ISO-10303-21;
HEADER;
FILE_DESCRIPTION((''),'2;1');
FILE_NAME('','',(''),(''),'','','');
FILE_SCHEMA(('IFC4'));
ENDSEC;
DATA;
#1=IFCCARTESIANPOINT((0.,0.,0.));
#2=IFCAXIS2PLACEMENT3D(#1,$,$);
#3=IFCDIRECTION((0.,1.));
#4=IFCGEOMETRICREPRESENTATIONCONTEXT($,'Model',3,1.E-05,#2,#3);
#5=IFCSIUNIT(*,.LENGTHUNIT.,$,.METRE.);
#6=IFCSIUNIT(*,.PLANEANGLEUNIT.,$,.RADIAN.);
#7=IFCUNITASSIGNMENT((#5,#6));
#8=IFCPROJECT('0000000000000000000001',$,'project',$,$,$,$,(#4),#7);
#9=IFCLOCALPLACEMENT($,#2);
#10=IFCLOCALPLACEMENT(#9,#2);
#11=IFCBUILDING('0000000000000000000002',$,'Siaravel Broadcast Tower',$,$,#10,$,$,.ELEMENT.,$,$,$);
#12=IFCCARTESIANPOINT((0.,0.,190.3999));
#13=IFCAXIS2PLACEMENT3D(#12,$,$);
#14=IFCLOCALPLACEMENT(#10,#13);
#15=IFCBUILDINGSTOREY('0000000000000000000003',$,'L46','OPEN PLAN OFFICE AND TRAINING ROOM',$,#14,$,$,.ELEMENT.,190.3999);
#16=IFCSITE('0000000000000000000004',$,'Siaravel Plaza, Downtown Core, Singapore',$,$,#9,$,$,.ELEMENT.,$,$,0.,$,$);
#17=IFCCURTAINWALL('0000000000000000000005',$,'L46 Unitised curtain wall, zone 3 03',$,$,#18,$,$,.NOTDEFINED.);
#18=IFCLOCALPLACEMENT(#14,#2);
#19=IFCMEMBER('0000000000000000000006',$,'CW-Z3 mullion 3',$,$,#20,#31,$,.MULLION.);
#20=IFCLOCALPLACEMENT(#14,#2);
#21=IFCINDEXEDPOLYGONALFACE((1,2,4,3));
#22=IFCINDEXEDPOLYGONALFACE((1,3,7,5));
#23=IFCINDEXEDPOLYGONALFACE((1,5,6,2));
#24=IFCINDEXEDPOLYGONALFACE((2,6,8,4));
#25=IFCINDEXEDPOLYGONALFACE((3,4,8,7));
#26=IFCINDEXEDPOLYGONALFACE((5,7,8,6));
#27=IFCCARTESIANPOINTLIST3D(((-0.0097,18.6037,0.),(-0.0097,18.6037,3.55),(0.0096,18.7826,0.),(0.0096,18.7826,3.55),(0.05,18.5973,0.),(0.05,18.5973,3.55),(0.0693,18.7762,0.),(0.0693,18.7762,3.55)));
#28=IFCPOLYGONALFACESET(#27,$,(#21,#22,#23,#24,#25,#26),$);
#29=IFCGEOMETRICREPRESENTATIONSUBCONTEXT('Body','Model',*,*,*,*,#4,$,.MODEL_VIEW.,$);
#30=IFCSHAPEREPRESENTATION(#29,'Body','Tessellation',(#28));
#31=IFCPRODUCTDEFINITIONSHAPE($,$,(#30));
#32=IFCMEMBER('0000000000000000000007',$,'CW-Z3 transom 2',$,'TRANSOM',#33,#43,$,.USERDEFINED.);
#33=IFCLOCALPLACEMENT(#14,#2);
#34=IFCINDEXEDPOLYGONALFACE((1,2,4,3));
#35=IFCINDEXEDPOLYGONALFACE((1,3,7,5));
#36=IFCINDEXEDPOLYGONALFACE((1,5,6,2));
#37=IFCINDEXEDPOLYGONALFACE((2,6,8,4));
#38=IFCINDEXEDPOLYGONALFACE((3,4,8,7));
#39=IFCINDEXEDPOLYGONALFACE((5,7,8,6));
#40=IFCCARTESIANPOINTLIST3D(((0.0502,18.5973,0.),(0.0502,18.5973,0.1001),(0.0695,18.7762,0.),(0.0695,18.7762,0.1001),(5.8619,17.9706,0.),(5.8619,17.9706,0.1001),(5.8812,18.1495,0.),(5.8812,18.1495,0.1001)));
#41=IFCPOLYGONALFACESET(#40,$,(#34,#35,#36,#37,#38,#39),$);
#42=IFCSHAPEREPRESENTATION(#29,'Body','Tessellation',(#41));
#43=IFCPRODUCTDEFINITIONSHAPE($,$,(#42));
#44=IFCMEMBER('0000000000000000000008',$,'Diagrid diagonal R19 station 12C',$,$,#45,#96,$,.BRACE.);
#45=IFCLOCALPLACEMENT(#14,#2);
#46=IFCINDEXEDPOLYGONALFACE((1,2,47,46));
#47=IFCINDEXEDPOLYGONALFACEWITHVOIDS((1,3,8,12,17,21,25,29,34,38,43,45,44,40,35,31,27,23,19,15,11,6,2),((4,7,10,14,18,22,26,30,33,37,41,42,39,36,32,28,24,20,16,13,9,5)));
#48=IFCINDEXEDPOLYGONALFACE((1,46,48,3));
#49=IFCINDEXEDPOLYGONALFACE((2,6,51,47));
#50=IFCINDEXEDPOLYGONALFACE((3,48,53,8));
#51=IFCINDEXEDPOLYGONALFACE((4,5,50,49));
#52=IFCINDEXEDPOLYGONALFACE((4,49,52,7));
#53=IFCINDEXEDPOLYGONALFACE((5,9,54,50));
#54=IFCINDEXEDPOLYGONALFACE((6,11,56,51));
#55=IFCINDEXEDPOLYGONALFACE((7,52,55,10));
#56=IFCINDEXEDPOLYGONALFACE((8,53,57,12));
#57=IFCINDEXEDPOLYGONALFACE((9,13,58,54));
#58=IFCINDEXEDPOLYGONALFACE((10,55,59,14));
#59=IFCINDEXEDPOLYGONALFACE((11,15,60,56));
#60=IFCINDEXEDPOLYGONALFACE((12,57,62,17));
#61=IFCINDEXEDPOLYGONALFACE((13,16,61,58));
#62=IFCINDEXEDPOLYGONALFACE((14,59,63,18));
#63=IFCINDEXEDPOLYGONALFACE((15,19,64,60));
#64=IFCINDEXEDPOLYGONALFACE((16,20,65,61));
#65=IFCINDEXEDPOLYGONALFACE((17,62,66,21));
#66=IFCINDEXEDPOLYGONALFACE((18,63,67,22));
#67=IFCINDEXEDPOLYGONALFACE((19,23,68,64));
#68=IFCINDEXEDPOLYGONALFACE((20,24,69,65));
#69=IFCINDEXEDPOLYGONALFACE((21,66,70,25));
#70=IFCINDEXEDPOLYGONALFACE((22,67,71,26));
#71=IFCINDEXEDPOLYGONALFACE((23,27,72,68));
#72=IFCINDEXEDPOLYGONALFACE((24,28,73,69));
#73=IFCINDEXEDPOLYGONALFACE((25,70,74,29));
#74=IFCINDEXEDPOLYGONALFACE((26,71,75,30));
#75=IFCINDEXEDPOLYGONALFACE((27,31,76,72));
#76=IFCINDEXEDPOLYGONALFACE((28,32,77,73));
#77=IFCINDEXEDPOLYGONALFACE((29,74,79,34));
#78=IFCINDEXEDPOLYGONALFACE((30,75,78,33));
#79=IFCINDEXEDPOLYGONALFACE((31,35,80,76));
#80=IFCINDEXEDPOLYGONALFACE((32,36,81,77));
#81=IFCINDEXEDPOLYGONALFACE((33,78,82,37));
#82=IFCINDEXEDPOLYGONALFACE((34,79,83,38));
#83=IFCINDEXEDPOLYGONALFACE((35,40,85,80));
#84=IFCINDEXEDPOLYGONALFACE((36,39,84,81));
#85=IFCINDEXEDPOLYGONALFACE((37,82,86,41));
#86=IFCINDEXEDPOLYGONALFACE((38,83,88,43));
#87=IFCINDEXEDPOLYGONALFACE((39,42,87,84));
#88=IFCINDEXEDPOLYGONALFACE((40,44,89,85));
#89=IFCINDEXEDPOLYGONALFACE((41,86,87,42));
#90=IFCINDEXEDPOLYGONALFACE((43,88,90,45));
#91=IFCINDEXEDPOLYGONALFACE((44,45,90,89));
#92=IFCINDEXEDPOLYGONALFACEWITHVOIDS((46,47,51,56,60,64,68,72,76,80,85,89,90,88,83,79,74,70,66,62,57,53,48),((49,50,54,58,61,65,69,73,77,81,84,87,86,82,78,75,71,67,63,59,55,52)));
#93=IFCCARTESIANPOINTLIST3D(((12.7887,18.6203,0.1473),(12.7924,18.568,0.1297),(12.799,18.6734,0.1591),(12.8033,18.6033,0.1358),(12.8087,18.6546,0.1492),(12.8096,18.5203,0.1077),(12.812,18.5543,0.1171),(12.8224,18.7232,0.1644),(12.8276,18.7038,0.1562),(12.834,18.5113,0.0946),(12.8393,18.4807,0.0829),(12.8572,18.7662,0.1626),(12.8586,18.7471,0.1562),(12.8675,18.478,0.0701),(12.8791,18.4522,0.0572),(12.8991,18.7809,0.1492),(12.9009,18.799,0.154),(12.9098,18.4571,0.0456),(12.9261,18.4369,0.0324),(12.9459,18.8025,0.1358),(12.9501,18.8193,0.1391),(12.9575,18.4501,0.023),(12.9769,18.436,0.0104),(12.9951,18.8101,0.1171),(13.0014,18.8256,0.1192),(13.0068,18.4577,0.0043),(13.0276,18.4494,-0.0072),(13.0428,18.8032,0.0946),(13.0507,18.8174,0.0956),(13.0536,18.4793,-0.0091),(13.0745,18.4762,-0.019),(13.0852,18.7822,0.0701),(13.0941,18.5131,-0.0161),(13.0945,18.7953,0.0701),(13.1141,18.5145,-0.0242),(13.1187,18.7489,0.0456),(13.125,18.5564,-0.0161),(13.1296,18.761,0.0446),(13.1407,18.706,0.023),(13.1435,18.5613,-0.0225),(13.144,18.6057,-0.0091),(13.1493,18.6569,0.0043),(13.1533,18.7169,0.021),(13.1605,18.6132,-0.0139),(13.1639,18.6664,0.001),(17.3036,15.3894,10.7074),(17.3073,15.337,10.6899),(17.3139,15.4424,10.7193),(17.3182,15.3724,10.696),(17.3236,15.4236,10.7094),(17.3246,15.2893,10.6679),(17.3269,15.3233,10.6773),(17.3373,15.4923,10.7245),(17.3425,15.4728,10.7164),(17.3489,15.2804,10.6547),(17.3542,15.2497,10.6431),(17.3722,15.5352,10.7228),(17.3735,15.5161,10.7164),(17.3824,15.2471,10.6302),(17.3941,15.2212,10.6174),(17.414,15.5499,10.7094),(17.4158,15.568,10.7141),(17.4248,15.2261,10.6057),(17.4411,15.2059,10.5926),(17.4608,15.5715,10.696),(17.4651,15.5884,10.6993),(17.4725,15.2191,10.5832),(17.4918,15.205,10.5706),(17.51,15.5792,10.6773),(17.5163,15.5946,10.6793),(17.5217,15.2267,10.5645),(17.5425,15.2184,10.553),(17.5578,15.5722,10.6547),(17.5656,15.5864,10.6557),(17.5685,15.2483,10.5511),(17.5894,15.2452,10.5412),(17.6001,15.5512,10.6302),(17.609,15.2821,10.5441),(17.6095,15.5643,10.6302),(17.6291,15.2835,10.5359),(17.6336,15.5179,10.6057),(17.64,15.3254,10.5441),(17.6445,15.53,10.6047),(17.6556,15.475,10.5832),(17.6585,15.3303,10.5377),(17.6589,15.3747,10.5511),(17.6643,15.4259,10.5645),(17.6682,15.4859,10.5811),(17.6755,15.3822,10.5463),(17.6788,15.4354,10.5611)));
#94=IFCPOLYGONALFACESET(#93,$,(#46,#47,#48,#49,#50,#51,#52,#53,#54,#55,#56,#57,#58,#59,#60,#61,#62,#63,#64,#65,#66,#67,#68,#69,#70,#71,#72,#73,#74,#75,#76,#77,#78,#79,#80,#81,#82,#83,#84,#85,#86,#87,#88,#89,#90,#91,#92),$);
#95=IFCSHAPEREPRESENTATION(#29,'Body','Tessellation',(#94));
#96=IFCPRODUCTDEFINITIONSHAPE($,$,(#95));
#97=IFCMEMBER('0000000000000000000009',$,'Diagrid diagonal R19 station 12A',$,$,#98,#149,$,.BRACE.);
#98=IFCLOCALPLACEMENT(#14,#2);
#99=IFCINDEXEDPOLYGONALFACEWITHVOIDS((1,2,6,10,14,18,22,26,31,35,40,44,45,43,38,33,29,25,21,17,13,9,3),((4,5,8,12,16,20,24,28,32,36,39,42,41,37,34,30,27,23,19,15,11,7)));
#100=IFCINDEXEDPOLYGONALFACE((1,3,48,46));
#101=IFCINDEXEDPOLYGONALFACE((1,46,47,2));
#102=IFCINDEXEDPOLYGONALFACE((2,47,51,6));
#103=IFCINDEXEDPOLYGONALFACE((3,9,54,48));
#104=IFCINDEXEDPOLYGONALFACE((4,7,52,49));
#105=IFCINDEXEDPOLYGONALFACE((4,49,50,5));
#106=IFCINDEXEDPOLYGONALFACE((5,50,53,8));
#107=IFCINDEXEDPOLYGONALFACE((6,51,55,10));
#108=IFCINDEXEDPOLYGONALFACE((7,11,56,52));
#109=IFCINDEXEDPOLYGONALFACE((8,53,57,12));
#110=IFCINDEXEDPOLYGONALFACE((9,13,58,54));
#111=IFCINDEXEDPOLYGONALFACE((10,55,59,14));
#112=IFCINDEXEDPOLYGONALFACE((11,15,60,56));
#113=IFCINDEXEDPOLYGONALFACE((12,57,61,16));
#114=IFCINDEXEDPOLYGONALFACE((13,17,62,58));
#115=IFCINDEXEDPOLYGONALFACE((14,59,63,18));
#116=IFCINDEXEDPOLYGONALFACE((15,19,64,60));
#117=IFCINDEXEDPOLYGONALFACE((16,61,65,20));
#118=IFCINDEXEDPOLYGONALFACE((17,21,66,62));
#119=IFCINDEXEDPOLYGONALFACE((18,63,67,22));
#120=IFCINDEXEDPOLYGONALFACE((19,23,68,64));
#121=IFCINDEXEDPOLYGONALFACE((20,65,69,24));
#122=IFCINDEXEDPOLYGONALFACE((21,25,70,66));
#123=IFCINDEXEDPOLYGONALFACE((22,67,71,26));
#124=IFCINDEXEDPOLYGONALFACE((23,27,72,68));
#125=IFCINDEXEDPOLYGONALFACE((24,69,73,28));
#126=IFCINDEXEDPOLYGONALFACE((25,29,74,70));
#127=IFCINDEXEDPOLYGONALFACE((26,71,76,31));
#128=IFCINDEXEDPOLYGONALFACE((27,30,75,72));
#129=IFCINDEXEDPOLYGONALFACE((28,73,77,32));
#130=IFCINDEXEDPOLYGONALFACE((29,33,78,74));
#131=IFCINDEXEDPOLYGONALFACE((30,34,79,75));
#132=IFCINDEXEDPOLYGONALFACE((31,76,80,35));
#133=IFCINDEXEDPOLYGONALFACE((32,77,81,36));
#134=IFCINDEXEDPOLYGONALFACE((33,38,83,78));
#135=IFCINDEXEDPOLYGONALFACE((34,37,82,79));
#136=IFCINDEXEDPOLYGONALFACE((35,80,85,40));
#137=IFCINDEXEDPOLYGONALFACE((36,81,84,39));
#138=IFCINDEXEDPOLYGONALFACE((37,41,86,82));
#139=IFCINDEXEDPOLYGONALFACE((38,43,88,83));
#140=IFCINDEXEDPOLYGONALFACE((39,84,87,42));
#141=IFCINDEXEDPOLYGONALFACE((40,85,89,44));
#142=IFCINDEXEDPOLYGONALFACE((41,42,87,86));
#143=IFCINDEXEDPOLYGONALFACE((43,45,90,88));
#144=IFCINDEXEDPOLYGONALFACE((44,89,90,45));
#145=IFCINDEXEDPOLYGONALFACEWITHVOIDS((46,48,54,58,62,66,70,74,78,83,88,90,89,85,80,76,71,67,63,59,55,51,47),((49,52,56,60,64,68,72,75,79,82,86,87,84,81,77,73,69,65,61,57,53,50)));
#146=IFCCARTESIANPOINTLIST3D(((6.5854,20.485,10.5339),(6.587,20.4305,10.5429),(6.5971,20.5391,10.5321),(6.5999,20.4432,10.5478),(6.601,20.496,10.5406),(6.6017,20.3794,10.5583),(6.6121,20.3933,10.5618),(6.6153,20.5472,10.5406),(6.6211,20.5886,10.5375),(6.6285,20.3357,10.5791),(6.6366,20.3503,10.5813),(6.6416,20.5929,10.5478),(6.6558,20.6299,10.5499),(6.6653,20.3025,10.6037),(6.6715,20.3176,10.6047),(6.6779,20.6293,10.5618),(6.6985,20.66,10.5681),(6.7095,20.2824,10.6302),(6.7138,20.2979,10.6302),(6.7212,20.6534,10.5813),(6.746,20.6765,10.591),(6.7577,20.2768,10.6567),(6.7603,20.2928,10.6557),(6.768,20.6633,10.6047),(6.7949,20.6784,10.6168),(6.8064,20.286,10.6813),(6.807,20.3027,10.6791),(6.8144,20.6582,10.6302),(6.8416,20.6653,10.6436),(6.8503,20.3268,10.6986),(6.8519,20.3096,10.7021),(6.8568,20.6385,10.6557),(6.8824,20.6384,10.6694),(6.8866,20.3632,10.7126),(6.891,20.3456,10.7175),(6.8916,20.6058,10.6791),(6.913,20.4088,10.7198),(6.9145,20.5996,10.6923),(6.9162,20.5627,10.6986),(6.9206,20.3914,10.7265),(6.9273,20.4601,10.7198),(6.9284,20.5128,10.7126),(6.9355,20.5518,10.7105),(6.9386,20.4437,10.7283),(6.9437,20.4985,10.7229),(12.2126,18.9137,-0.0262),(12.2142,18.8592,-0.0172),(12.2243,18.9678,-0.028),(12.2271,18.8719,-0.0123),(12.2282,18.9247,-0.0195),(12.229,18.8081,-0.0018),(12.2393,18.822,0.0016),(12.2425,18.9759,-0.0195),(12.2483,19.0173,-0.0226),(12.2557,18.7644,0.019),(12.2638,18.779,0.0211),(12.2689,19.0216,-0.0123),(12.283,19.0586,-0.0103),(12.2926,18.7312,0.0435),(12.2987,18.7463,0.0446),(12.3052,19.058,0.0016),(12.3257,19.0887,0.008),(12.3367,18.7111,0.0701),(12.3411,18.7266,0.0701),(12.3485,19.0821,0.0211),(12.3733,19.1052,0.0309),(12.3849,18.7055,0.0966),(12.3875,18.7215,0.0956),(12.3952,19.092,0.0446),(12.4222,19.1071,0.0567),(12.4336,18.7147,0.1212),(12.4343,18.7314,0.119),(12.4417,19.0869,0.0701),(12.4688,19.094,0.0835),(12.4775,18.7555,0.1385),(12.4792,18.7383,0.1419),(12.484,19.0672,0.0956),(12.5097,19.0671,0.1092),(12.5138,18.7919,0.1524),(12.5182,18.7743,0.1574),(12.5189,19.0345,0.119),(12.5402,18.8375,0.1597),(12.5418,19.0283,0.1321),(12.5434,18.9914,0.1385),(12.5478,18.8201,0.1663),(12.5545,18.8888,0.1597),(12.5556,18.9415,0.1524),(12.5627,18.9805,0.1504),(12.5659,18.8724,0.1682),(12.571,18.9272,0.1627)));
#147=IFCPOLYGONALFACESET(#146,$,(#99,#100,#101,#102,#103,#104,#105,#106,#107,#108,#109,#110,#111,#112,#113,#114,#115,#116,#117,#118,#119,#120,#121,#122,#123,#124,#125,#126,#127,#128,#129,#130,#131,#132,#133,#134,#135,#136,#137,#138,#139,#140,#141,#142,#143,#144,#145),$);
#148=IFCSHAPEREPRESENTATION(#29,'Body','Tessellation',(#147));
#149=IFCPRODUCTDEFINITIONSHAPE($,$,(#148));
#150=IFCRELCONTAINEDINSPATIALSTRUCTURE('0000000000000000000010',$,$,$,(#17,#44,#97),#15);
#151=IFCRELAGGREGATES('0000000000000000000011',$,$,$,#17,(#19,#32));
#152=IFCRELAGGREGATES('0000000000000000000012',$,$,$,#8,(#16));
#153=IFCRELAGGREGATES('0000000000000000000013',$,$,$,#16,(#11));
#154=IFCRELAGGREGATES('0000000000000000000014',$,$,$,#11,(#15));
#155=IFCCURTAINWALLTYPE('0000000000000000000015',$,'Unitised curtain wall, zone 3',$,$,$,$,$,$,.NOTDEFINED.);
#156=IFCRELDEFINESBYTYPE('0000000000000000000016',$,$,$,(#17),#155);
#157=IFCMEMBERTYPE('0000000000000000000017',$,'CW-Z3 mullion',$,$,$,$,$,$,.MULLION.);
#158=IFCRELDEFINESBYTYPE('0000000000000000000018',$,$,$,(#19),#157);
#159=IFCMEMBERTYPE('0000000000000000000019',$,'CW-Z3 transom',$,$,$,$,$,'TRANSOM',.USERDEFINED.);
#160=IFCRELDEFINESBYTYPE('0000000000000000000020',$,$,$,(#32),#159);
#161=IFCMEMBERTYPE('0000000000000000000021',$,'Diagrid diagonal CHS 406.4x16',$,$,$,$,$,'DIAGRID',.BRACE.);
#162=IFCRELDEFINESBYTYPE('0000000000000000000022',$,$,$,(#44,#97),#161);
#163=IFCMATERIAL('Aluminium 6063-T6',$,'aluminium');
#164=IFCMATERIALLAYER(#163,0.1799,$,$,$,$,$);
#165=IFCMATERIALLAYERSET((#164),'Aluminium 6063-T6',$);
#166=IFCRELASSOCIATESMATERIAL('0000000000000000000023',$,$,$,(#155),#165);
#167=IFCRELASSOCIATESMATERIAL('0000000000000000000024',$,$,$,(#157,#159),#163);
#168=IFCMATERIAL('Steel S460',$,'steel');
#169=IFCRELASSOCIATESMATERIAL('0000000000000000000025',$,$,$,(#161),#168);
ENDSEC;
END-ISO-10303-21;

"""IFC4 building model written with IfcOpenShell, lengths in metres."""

from ifc_helpers import new_model, si_unit, direction, frame, origin, origin_2d, place, context, subcontext, project, spatial, rectangle, hollow_circle, extrude, material, layer, layer_set, material_profile, profile_set, type_object, element, aggregate, save


model = new_model("IFC4")

# Units and contexts
model_context = context("Model", 3, precision=1e-05, world=origin(), true_north=direction((0.0, 1.0)))
body_context = subcontext(model_context, "Body", "Model", "MODEL_VIEW")
ifc_project = project(units=[si_unit("LENGTHUNIT", "METRE"), si_unit("PLANEANGLEUNIT", "RADIAN")], contexts=[model_context])

# Site, building, storey
site_placement = place(None, origin())
site = spatial("IfcSite", under=ifc_project, at=site_placement, Name="Siaravel Plaza, Downtown Core, Singapore", CompositionType="ELEMENT", RefElevation=0.0)
building_placement = place(site_placement, origin())
building = spatial("IfcBuilding", under=site, at=building_placement, Name="Siaravel Broadcast Tower", CompositionType="ELEMENT")
storey_placement = place(building_placement, frame((0.0, 0.0, 190.3999)))
storey = spatial("IfcBuildingStorey", under=building, at=storey_placement, Name="L46", Description="OPEN PLAN OFFICE AND TRAINING ROOM", CompositionType="ELEMENT", Elevation=190.3999)

# Curtain wall, members
ifc_material_1 = material(Name="Aluminium 6063-T6", Category="aluminium")
ifc_layer_1 = layer(ifc_material_1, 0.1799)
ifc_layer_set_1 = layer_set([ifc_layer_1], Name="Aluminium 6063-T6")
curtain_wall_type = type_object("IfcCurtainWallType", Name="Unitised curtain wall, zone 3", PredefinedType="NOTDEFINED", material=ifc_layer_set_1)
curtain_wall_placement = place(storey_placement, origin())
curtain_wall = element("IfcCurtainWall", 1, at=curtain_wall_placement, inside=storey, type_object=curtain_wall_type, Name="L46 Unitised curtain wall, zone 3 03", PredefinedType="NOTDEFINED")
ifc_material_profile_1 = material_profile(ifc_material_1, rectangle(XDim=0.1799, YDim=0.0601, at=origin_2d()))
ifc_profile_set_1 = profile_set([ifc_material_profile_1], Name="Aluminium 6063-T6")
member_type_1 = type_object("IfcMemberType", Name="CW-Z3 mullion", PredefinedType="MULLION", material=ifc_profile_set_1)
member_1_placement = place(storey_placement, frame((0.0298, 18.6899, 0.0), z_axis=(0.0, 0.0, 1.0), x_axis=(-0.107217, -0.994236, 0.0)))
member_1 = element("IfcMember", 2, at=member_1_placement, type_object=member_type_1, Name="CW-Z3 mullion 3", PredefinedType="MULLION", context=body_context, shape_type="SweptSolid", body=[
    extrude(rectangle(XDim=0.1799, YDim=0.0601, at=origin_2d()), origin(), (0.0, 0.0, 1.0), 3.55),
])
ifc_material_profile_2 = material_profile(ifc_material_1, rectangle(XDim=0.1799, YDim=0.1001, at=origin_2d()))
ifc_profile_set_2 = profile_set([ifc_material_profile_2], Name="Aluminium 6063-T6")
member_type_2 = type_object("IfcMemberType", Name="CW-Z3 transom", ElementType="TRANSOM", PredefinedType="USERDEFINED", material=ifc_profile_set_2)
member_2_placement = place(storey_placement, frame((5.8716, 18.0601, 0.05), z_axis=(-0.994236, 0.107213, 0.0), x_axis=(-0.107213, -0.994236, 0.0)))
member_2 = element("IfcMember", 3, at=member_2_placement, type_object=member_type_2, Name="CW-Z3 transom 2", ObjectType="TRANSOM", PredefinedType="USERDEFINED", context=body_context, shape_type="SweptSolid", body=[
    extrude(rectangle(XDim=0.1799, YDim=0.1001, at=origin_2d()), origin(), (0.0, 0.0, 1.0), 5.8455),
])

# Members
ifc_material_2 = material(Name="Steel S460", Category="steel")
ifc_material_profile_3 = material_profile(ifc_material_2, hollow_circle(Radius=0.2031, WallThickness=0.0161, at=origin_2d()))
ifc_profile_set_3 = profile_set([ifc_material_profile_3], Name="Steel S460")
member_type_3 = type_object("IfcMemberType", Name="Diagrid diagonal CHS 406.4x16", ElementType="DIAGRID", PredefinedType="BRACE", material=ifc_profile_set_3)
member_3_placement = place(storey_placement, frame((12.9763, 18.6301, 0.0701), z_axis=(0.378431, -0.270814, 0.885127), x_axis=(0.581958, 0.813219, 0.0)))
element("IfcMember", 4, at=member_3_placement, inside=storey, type_object=member_type_3, Name="Diagrid diagonal R19 station 12C", PredefinedType="BRACE", context=body_context, shape_type="SweptSolid", body=[
    extrude(hollow_circle(Radius=0.2031, WallThickness=0.0161, at=origin_2d()), origin(), (0.0, 0.0, 1.0), 11.9307),
])
member_4_placement = place(storey_placement, frame((12.3914, 18.9067, 0.0701), z_axis=(-0.466271, 0.130197, 0.875009), x_axis=(-0.268943, -0.963156, 0.0)))
element("IfcMember", 5, at=member_4_placement, inside=storey, type_object=member_type_3, Name="Diagrid diagonal R19 station 12A", PredefinedType="BRACE", context=body_context, shape_type="SweptSolid", body=[
    extrude(hollow_circle(Radius=0.2031, WallThickness=0.0161, at=origin_2d()), origin(), (0.0, 0.0, 1.0), 12.0686),
])

aggregate(curtain_wall, [member_1, member_2])

save(model, "model.ifc")
